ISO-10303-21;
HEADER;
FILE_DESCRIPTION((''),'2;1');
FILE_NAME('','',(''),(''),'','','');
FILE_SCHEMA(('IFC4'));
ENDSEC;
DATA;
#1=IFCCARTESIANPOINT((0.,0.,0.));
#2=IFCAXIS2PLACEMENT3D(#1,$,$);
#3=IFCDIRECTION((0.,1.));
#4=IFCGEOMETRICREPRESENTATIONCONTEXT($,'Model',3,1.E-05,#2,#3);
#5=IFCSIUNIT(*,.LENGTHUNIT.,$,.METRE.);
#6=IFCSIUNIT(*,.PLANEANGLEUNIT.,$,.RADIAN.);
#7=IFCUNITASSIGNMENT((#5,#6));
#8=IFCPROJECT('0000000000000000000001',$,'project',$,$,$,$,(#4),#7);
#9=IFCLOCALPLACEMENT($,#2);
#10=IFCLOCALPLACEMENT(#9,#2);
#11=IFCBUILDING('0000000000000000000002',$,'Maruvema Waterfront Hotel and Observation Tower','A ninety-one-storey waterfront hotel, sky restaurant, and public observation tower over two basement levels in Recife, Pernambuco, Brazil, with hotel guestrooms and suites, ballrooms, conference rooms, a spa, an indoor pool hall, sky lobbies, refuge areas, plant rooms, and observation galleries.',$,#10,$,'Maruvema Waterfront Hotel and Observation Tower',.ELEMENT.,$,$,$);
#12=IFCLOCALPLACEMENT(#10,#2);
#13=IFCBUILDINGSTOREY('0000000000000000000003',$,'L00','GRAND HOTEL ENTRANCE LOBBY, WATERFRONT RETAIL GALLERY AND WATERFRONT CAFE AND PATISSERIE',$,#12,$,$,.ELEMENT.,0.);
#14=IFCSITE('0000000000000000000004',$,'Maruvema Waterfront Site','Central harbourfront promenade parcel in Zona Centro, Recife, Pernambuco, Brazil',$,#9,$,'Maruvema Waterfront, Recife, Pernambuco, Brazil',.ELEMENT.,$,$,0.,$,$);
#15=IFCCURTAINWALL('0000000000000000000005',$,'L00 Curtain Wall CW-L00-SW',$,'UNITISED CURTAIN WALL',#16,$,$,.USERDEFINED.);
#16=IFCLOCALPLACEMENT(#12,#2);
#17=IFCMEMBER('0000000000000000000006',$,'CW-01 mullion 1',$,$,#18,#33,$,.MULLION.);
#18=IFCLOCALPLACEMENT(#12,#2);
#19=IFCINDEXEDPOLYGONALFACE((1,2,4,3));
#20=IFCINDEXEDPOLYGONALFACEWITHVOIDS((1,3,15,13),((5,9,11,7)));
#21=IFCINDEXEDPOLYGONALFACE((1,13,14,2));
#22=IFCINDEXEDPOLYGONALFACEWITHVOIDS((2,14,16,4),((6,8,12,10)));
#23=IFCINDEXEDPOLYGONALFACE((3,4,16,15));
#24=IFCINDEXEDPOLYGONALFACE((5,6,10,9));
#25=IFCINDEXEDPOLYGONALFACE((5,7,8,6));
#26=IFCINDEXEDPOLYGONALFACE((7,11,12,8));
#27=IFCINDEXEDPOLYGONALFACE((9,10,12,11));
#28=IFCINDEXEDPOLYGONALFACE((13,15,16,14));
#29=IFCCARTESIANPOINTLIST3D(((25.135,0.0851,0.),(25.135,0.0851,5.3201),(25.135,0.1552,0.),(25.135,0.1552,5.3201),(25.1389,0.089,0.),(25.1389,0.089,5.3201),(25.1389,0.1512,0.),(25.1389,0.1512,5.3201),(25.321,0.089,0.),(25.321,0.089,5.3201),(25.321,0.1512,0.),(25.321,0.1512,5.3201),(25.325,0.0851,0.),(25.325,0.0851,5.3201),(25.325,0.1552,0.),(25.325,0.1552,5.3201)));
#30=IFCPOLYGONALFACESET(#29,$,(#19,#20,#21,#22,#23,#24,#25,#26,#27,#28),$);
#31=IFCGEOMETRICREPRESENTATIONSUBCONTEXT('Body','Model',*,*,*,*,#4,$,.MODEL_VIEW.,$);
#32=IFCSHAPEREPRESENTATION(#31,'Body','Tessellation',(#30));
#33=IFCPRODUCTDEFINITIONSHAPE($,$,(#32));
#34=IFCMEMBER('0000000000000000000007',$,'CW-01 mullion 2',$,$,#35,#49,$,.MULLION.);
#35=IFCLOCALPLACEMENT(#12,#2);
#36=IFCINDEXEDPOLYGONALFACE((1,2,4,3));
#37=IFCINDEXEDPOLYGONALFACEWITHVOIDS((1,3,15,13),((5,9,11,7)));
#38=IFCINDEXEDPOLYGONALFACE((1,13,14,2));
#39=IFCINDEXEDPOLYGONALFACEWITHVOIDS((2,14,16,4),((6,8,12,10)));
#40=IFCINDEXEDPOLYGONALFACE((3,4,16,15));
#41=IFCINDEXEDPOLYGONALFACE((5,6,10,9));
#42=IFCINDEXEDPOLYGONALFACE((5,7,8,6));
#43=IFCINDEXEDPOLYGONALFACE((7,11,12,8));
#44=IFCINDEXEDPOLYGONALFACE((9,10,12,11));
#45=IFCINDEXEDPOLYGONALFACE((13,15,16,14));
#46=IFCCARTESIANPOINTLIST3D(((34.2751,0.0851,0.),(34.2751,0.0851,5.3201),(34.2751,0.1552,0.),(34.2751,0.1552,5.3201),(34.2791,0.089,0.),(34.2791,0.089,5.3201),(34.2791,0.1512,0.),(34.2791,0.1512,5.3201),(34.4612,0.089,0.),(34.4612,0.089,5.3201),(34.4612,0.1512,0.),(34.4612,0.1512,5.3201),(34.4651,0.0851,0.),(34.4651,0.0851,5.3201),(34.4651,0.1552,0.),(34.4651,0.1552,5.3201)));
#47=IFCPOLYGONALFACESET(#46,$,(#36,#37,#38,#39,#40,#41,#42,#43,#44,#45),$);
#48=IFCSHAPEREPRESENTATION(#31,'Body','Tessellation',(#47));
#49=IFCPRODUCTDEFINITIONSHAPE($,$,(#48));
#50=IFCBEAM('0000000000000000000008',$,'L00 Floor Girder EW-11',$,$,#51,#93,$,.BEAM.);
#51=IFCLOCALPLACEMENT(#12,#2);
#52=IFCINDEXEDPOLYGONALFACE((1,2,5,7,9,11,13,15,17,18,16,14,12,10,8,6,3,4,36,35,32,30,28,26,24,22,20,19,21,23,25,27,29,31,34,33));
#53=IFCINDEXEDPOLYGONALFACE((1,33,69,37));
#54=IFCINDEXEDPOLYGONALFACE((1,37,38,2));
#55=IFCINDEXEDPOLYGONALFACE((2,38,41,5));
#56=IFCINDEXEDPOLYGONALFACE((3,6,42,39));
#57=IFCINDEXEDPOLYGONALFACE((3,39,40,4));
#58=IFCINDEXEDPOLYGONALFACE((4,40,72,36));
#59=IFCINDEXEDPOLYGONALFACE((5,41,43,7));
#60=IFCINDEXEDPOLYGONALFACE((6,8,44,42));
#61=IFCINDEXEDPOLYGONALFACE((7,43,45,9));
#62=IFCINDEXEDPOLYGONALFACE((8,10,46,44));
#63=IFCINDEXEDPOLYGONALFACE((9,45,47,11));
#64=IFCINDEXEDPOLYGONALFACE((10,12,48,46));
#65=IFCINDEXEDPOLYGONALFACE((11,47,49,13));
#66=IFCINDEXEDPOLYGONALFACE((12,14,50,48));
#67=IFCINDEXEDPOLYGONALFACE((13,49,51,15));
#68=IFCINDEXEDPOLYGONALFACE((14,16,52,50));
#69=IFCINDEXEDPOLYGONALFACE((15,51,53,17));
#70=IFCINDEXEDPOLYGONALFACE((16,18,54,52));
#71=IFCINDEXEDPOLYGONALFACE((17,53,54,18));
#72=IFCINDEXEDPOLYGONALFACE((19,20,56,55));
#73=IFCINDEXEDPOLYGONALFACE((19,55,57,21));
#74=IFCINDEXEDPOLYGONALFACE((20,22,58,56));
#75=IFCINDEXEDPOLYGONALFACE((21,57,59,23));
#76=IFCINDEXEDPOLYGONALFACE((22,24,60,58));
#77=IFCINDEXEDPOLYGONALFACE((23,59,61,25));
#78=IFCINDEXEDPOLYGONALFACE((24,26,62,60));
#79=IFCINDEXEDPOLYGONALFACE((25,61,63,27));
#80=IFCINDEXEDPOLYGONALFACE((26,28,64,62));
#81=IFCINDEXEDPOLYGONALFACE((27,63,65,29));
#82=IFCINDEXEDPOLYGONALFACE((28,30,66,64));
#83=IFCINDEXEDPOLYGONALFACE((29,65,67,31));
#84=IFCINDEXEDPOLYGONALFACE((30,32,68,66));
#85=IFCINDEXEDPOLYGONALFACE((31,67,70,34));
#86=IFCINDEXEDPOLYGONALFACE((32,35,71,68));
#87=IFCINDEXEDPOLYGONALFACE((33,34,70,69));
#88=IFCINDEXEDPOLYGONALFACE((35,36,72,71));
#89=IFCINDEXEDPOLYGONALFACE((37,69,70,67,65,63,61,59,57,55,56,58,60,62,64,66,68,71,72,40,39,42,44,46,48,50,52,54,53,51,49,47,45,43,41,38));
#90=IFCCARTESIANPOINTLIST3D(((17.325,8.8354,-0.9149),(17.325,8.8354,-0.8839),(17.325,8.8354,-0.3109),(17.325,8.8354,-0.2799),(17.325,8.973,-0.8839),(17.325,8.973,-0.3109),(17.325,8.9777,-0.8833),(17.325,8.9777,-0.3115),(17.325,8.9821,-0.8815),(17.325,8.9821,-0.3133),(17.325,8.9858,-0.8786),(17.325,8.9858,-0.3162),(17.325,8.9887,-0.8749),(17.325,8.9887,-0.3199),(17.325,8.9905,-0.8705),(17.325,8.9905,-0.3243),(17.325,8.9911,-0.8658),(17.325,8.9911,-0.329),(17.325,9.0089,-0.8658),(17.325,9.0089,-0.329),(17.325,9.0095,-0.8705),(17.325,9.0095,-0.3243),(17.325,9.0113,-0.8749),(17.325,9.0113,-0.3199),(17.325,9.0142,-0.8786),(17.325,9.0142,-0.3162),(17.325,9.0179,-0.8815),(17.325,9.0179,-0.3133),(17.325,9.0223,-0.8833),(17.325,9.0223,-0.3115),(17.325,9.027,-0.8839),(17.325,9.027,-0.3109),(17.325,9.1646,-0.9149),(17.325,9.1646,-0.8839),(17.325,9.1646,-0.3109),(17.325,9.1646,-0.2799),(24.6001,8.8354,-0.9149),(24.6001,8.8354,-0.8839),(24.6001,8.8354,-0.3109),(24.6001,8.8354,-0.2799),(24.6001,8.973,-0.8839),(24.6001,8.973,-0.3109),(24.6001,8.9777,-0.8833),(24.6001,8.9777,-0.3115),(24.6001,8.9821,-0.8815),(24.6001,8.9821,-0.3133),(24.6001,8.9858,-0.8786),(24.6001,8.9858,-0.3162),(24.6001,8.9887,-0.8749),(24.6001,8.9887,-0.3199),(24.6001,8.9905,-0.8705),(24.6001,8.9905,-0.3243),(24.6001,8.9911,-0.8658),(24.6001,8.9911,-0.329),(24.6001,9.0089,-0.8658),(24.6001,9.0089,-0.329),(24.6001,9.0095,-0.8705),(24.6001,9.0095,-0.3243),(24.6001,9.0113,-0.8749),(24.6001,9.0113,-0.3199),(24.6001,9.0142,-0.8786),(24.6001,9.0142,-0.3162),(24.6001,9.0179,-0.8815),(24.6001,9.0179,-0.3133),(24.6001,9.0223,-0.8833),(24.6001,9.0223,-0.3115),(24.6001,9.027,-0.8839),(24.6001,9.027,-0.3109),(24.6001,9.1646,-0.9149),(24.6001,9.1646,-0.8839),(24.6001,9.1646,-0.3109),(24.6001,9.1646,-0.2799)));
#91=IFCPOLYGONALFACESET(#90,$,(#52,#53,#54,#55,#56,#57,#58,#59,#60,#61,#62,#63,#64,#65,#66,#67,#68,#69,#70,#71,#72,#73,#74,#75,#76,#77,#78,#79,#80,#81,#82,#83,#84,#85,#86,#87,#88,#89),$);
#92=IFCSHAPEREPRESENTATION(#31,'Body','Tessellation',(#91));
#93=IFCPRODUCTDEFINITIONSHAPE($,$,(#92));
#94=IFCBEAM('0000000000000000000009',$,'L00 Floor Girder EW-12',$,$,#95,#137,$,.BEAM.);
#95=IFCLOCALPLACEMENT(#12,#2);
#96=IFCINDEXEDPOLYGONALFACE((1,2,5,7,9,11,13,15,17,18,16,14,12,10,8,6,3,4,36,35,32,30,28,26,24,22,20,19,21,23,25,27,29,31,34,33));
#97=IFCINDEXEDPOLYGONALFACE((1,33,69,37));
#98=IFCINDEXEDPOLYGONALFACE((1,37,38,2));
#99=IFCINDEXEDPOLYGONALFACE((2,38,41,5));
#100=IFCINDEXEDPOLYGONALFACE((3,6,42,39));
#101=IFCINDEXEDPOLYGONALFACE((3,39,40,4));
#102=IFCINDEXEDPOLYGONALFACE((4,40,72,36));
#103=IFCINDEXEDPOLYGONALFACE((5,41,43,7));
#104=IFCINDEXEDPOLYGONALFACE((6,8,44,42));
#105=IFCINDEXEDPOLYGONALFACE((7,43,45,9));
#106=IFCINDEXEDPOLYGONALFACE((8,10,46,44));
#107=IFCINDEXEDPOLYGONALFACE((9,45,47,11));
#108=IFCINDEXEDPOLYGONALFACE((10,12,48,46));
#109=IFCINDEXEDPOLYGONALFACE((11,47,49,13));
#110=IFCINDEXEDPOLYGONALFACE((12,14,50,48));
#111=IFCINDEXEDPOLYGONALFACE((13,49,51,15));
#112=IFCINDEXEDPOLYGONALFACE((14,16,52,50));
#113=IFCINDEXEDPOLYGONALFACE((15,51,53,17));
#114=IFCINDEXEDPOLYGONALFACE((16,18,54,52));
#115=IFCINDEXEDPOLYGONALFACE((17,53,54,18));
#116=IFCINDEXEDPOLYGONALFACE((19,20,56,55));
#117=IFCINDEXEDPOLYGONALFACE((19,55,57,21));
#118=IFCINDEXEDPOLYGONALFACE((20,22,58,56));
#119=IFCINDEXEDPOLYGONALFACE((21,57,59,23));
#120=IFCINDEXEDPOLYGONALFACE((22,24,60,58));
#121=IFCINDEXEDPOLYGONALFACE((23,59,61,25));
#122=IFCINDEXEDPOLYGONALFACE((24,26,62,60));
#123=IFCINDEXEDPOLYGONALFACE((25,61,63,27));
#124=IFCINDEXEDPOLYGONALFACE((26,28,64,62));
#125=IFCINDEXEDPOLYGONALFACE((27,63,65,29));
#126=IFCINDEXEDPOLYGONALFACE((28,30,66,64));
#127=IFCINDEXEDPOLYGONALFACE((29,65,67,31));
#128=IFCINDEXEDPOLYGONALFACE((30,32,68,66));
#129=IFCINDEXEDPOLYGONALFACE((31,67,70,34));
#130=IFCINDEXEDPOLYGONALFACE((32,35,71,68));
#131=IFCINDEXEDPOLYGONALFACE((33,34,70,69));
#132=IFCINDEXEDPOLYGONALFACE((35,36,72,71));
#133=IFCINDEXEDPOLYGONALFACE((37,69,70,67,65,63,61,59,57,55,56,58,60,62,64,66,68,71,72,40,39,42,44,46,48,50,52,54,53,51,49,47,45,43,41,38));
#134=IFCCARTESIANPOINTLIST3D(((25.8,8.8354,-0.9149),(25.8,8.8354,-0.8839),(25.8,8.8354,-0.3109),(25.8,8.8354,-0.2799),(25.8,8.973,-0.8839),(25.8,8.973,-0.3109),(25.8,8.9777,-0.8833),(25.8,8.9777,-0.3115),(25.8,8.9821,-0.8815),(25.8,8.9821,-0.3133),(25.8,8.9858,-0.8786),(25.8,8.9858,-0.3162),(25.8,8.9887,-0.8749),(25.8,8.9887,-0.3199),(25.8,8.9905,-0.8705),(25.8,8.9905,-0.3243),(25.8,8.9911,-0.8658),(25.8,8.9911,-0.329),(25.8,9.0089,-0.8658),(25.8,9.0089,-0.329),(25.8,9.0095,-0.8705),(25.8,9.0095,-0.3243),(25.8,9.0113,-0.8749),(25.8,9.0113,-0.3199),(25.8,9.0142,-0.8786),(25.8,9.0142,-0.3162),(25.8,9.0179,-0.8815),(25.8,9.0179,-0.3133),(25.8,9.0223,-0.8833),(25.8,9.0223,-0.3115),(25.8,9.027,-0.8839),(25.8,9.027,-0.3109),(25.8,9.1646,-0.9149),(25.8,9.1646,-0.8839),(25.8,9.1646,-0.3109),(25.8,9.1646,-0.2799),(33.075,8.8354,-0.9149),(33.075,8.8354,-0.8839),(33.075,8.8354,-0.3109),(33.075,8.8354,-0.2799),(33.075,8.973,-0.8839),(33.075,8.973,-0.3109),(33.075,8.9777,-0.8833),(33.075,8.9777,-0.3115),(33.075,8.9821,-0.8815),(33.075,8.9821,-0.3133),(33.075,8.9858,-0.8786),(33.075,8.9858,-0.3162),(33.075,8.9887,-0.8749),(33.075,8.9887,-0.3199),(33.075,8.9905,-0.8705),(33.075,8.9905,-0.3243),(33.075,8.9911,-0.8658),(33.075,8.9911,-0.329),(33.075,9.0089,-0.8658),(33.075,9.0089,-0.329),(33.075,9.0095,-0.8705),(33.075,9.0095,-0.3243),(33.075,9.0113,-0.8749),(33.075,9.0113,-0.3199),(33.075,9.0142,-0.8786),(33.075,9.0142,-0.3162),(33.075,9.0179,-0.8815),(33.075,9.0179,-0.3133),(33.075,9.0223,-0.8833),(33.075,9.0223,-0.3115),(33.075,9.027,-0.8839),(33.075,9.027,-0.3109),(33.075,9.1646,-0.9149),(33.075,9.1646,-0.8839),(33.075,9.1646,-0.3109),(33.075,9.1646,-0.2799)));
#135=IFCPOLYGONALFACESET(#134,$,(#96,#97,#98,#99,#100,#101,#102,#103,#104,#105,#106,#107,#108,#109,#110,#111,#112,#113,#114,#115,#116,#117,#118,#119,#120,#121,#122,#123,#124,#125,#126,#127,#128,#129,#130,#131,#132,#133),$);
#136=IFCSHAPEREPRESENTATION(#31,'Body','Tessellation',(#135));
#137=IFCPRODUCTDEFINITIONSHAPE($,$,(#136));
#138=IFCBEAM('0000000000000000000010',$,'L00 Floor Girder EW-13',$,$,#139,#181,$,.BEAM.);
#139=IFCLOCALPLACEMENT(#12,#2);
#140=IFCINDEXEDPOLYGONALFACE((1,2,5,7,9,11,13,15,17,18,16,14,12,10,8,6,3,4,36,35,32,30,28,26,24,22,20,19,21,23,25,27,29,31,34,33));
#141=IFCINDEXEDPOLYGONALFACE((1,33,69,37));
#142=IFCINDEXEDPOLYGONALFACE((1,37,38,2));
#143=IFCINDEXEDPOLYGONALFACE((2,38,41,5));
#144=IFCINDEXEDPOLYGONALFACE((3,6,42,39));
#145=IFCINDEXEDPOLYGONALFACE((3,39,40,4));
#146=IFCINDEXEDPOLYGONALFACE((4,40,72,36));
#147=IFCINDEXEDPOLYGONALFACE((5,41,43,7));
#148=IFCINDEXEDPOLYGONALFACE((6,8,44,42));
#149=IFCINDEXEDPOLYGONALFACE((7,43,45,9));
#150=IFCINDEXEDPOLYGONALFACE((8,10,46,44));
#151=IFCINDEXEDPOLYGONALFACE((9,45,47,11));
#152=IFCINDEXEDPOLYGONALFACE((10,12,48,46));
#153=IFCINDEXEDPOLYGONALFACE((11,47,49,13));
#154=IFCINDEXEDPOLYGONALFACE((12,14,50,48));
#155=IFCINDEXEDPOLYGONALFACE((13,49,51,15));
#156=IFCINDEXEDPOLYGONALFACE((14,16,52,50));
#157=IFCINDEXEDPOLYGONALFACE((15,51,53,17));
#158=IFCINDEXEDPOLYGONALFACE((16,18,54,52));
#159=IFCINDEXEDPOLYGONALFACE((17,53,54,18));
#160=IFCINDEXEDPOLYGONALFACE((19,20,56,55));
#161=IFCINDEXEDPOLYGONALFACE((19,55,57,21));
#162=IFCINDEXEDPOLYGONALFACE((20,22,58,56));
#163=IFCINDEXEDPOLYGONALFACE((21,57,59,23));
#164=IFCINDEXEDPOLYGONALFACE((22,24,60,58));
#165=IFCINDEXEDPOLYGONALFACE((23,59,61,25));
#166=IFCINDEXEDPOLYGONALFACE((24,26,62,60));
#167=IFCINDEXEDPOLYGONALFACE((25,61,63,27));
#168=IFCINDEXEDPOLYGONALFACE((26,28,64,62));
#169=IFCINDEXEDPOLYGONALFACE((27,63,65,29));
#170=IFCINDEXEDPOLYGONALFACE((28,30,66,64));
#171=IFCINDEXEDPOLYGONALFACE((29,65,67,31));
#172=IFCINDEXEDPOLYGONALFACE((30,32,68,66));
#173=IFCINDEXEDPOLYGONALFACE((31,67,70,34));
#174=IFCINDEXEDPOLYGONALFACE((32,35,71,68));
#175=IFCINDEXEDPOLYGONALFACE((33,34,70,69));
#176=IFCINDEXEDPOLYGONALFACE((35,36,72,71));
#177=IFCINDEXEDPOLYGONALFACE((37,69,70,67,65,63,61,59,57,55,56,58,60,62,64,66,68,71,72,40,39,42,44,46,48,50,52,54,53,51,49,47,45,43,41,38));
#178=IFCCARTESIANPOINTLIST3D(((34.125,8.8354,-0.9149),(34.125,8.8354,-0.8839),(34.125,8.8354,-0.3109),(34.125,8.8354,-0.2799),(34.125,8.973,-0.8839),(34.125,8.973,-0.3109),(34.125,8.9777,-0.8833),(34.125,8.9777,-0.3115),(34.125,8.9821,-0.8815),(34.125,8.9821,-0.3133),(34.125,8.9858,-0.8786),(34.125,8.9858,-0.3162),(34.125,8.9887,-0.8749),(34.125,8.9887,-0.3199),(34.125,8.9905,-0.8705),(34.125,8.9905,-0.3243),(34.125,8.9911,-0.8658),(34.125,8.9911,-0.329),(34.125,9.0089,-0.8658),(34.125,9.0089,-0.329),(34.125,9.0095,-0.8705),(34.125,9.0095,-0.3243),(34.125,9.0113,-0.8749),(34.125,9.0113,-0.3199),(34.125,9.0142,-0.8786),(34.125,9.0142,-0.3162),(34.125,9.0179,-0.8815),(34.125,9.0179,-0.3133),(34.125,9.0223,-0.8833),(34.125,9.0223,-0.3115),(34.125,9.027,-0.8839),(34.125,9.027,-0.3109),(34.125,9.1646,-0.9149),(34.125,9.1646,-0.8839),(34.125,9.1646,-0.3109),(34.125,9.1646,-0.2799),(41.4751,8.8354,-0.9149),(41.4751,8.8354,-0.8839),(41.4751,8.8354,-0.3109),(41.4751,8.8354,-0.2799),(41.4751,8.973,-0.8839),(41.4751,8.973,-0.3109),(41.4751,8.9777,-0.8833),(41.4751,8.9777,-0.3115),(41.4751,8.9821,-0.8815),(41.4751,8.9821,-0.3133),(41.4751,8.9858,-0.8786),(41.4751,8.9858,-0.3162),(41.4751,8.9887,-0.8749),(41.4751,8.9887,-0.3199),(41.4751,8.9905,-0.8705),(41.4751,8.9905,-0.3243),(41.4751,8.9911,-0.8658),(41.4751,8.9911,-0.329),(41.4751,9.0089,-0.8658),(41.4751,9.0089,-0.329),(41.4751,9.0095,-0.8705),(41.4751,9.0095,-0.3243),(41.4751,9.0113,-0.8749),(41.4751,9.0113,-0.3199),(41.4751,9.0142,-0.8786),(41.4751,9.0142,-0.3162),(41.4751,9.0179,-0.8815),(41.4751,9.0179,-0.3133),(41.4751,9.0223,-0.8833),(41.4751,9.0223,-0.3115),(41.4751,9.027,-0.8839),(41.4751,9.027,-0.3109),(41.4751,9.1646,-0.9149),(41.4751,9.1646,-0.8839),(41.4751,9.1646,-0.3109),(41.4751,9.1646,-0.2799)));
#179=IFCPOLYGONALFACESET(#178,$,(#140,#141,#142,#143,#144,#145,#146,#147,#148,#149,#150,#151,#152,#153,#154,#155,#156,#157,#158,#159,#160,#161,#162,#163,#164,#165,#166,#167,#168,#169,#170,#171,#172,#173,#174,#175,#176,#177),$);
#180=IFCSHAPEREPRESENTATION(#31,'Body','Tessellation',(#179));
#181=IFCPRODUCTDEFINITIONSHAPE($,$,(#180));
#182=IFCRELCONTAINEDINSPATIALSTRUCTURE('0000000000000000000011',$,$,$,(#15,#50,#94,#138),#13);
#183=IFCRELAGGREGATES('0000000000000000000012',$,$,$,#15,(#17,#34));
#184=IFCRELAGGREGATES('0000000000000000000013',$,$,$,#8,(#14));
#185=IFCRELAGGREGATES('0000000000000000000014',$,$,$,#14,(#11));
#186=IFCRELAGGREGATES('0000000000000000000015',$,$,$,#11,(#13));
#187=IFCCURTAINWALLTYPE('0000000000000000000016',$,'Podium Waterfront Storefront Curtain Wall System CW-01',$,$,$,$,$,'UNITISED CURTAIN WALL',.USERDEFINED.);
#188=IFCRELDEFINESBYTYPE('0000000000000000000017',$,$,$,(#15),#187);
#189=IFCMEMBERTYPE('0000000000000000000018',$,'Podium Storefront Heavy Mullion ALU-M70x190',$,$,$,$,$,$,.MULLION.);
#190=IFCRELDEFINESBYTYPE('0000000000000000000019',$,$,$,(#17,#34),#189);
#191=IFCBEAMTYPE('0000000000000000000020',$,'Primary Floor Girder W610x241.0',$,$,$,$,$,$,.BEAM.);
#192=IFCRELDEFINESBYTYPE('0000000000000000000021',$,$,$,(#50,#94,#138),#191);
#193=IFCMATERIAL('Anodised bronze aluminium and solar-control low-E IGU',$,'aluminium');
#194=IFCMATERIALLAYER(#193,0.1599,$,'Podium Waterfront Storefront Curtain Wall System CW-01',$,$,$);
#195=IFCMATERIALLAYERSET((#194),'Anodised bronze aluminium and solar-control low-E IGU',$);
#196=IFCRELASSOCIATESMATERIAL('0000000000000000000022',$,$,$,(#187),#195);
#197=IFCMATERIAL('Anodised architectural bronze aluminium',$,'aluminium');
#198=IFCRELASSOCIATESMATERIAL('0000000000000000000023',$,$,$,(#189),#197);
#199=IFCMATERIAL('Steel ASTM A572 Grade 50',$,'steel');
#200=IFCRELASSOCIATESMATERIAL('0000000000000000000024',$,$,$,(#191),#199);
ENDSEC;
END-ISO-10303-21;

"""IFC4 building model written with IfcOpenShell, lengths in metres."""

from ifc_helpers import new_model, si_unit, direction, frame, origin, origin_2d, place, context, subcontext, project, spatial, hollow_rectangle, i_section, extrude, material, layer, layer_set, material_profile, profile_set, type_object, element, aggregate, save


model = new_model("IFC4")

# Units and contexts
model_context = context("Model", 3, precision=1e-05, world=origin(), true_north=direction((0.0, 1.0)))
body_context = subcontext(model_context, "Body", "Model", "MODEL_VIEW")
ifc_project = project(units=[si_unit("LENGTHUNIT", "METRE"), si_unit("PLANEANGLEUNIT", "RADIAN")], contexts=[model_context])

# Site, building, storey
site_placement = place(None, origin())
site = spatial("IfcSite", under=ifc_project, at=site_placement, Name="Maruvema Waterfront Site", Description="Central harbourfront promenade parcel in Zona Centro, Recife, Pernambuco, Brazil", LongName="Maruvema Waterfront, Recife, Pernambuco, Brazil", CompositionType="ELEMENT", RefElevation=0.0)
building_placement = place(site_placement, origin())
building = spatial("IfcBuilding", under=site, at=building_placement, Name="Maruvema Waterfront Hotel and Observation Tower", Description="A ninety-one-storey waterfront hotel, sky restaurant, and public observation tower over two basement levels in Recife, Pernambuco, Brazil, with hotel guestrooms and suites, ballrooms, conference rooms, a spa, an indoor pool hall, sky lobbies, refuge areas, plant rooms, and observation galleries.", LongName="Maruvema Waterfront Hotel and Observation Tower", CompositionType="ELEMENT")
storey_placement = place(building_placement, origin())
storey = spatial("IfcBuildingStorey", under=building, at=storey_placement, Name="L00", Description="GRAND HOTEL ENTRANCE LOBBY, WATERFRONT RETAIL GALLERY AND WATERFRONT CAFE AND PATISSERIE", CompositionType="ELEMENT", Elevation=0.0)

# Curtain wall
ifc_material_1 = material(Name="Anodised bronze aluminium and solar-control low-E IGU", Category="aluminium")
ifc_layer_1 = layer(ifc_material_1, 0.1599, Name="Podium Waterfront Storefront Curtain Wall System CW-01")
ifc_layer_set_1 = layer_set([ifc_layer_1], Name="Anodised bronze aluminium and solar-control low-E IGU")
curtain_wall_type = type_object("IfcCurtainWallType", Name="Podium Waterfront Storefront Curtain Wall System CW-01", ElementType="UNITISED CURTAIN WALL", PredefinedType="USERDEFINED", material=ifc_layer_set_1)
curtain_wall_placement = place(storey_placement, origin())
curtain_wall = element("IfcCurtainWall", 1, at=curtain_wall_placement, inside=storey, type_object=curtain_wall_type, Name="L00 Curtain Wall CW-L00-SW", ObjectType="UNITISED CURTAIN WALL", PredefinedType="USERDEFINED")

# Members
ifc_material_2 = material(Name="Anodised architectural bronze aluminium", Category="aluminium")
ifc_material_profile_1 = material_profile(ifc_material_2, hollow_rectangle(XDim=0.0701, YDim=0.1899, WallThickness=0.0039, at=origin_2d()), Name="ALU-M70x190")
ifc_profile_set_1 = profile_set([ifc_material_profile_1], Name="Anodised architectural bronze aluminium")
member_type_1 = type_object("IfcMemberType", Name="Podium Storefront Heavy Mullion ALU-M70x190", PredefinedType="MULLION", material=ifc_profile_set_1)
member_1_placement = place(storey_placement, frame((25.23, 0.1201, 0.0), z_axis=(0.0, 0.0, 1.0), x_axis=(0.0, 1.0, 0.0)))
member_1 = element("IfcMember", 2, at=member_1_placement, type_object=member_type_1, Name="CW-01 mullion 1", PredefinedType="MULLION", context=body_context, shape_type="SweptSolid", body=[
    extrude(hollow_rectangle(XDim=0.0701, YDim=0.1899, WallThickness=0.0039, at=origin_2d()), origin(), (0.0, 0.0, 1.0), 5.3201),
])
member_2_placement = place(storey_placement, frame((34.3701, 0.1201, 0.0), z_axis=(0.0, 0.0, 1.0), x_axis=(0.0, 1.0, 0.0)))
member_2 = element("IfcMember", 3, at=member_2_placement, type_object=member_type_1, Name="CW-01 mullion 2", PredefinedType="MULLION", context=body_context, shape_type="SweptSolid", body=[
    extrude(hollow_rectangle(XDim=0.0701, YDim=0.1899, WallThickness=0.0039, at=origin_2d()), origin(), (0.0, 0.0, 1.0), 5.3201),
])

# Beams
ifc_material_3 = material(Name="Steel ASTM A572 Grade 50", Category="steel")
ifc_material_profile_2 = material_profile(ifc_material_3, i_section(OverallWidth=0.3291, OverallDepth=0.635, WebThickness=0.0178, FlangeThickness=0.031, FilletRadius=0.0181, at=origin_2d()), Name="W610x241.0")
ifc_profile_set_2 = profile_set([ifc_material_profile_2], Name="Steel ASTM A572 Grade 50")
beam_type_1 = type_object("IfcBeamType", Name="Primary Floor Girder W610x241.0", PredefinedType="BEAM", material=ifc_profile_set_2)
beam_1_placement = place(storey_placement, frame((17.325, 9.0, -0.5974), z_axis=(1.0, 0.0, 0.0), x_axis=(0.0, 1.0, 0.0)))
element("IfcBeam", 4, at=beam_1_placement, inside=storey, type_object=beam_type_1, Name="L00 Floor Girder EW-11", PredefinedType="BEAM", context=body_context, shape_type="SweptSolid", body=[
    extrude(i_section(OverallWidth=0.3291, OverallDepth=0.635, WebThickness=0.0178, FlangeThickness=0.031, FilletRadius=0.0181, at=origin_2d()), origin(), (0.0, 0.0, 1.0), 7.2751),
])
beam_2_placement = place(storey_placement, frame((25.8, 9.0, -0.5974), z_axis=(1.0, 0.0, 0.0), x_axis=(0.0, 1.0, 0.0)))
element("IfcBeam", 5, at=beam_2_placement, inside=storey, type_object=beam_type_1, Name="L00 Floor Girder EW-12", PredefinedType="BEAM", context=body_context, shape_type="SweptSolid", body=[
    extrude(i_section(OverallWidth=0.3291, OverallDepth=0.635, WebThickness=0.0178, FlangeThickness=0.031, FilletRadius=0.0181, at=origin_2d()), origin(), (0.0, 0.0, 1.0), 7.2749),
])
beam_3_placement = place(storey_placement, frame((34.125, 9.0, -0.5974), z_axis=(1.0, 0.0, 0.0), x_axis=(0.0, 1.0, 0.0)))
element("IfcBeam", 6, at=beam_3_placement, inside=storey, type_object=beam_type_1, Name="L00 Floor Girder EW-13", PredefinedType="BEAM", context=body_context, shape_type="SweptSolid", body=[
    extrude(i_section(OverallWidth=0.3291, OverallDepth=0.635, WebThickness=0.0178, FlangeThickness=0.031, FilletRadius=0.0181, at=origin_2d()), origin(), (0.0, 0.0, 1.0), 7.3501),
])

aggregate(curtain_wall, [member_1, member_2])

save(model, "model.ifc")
